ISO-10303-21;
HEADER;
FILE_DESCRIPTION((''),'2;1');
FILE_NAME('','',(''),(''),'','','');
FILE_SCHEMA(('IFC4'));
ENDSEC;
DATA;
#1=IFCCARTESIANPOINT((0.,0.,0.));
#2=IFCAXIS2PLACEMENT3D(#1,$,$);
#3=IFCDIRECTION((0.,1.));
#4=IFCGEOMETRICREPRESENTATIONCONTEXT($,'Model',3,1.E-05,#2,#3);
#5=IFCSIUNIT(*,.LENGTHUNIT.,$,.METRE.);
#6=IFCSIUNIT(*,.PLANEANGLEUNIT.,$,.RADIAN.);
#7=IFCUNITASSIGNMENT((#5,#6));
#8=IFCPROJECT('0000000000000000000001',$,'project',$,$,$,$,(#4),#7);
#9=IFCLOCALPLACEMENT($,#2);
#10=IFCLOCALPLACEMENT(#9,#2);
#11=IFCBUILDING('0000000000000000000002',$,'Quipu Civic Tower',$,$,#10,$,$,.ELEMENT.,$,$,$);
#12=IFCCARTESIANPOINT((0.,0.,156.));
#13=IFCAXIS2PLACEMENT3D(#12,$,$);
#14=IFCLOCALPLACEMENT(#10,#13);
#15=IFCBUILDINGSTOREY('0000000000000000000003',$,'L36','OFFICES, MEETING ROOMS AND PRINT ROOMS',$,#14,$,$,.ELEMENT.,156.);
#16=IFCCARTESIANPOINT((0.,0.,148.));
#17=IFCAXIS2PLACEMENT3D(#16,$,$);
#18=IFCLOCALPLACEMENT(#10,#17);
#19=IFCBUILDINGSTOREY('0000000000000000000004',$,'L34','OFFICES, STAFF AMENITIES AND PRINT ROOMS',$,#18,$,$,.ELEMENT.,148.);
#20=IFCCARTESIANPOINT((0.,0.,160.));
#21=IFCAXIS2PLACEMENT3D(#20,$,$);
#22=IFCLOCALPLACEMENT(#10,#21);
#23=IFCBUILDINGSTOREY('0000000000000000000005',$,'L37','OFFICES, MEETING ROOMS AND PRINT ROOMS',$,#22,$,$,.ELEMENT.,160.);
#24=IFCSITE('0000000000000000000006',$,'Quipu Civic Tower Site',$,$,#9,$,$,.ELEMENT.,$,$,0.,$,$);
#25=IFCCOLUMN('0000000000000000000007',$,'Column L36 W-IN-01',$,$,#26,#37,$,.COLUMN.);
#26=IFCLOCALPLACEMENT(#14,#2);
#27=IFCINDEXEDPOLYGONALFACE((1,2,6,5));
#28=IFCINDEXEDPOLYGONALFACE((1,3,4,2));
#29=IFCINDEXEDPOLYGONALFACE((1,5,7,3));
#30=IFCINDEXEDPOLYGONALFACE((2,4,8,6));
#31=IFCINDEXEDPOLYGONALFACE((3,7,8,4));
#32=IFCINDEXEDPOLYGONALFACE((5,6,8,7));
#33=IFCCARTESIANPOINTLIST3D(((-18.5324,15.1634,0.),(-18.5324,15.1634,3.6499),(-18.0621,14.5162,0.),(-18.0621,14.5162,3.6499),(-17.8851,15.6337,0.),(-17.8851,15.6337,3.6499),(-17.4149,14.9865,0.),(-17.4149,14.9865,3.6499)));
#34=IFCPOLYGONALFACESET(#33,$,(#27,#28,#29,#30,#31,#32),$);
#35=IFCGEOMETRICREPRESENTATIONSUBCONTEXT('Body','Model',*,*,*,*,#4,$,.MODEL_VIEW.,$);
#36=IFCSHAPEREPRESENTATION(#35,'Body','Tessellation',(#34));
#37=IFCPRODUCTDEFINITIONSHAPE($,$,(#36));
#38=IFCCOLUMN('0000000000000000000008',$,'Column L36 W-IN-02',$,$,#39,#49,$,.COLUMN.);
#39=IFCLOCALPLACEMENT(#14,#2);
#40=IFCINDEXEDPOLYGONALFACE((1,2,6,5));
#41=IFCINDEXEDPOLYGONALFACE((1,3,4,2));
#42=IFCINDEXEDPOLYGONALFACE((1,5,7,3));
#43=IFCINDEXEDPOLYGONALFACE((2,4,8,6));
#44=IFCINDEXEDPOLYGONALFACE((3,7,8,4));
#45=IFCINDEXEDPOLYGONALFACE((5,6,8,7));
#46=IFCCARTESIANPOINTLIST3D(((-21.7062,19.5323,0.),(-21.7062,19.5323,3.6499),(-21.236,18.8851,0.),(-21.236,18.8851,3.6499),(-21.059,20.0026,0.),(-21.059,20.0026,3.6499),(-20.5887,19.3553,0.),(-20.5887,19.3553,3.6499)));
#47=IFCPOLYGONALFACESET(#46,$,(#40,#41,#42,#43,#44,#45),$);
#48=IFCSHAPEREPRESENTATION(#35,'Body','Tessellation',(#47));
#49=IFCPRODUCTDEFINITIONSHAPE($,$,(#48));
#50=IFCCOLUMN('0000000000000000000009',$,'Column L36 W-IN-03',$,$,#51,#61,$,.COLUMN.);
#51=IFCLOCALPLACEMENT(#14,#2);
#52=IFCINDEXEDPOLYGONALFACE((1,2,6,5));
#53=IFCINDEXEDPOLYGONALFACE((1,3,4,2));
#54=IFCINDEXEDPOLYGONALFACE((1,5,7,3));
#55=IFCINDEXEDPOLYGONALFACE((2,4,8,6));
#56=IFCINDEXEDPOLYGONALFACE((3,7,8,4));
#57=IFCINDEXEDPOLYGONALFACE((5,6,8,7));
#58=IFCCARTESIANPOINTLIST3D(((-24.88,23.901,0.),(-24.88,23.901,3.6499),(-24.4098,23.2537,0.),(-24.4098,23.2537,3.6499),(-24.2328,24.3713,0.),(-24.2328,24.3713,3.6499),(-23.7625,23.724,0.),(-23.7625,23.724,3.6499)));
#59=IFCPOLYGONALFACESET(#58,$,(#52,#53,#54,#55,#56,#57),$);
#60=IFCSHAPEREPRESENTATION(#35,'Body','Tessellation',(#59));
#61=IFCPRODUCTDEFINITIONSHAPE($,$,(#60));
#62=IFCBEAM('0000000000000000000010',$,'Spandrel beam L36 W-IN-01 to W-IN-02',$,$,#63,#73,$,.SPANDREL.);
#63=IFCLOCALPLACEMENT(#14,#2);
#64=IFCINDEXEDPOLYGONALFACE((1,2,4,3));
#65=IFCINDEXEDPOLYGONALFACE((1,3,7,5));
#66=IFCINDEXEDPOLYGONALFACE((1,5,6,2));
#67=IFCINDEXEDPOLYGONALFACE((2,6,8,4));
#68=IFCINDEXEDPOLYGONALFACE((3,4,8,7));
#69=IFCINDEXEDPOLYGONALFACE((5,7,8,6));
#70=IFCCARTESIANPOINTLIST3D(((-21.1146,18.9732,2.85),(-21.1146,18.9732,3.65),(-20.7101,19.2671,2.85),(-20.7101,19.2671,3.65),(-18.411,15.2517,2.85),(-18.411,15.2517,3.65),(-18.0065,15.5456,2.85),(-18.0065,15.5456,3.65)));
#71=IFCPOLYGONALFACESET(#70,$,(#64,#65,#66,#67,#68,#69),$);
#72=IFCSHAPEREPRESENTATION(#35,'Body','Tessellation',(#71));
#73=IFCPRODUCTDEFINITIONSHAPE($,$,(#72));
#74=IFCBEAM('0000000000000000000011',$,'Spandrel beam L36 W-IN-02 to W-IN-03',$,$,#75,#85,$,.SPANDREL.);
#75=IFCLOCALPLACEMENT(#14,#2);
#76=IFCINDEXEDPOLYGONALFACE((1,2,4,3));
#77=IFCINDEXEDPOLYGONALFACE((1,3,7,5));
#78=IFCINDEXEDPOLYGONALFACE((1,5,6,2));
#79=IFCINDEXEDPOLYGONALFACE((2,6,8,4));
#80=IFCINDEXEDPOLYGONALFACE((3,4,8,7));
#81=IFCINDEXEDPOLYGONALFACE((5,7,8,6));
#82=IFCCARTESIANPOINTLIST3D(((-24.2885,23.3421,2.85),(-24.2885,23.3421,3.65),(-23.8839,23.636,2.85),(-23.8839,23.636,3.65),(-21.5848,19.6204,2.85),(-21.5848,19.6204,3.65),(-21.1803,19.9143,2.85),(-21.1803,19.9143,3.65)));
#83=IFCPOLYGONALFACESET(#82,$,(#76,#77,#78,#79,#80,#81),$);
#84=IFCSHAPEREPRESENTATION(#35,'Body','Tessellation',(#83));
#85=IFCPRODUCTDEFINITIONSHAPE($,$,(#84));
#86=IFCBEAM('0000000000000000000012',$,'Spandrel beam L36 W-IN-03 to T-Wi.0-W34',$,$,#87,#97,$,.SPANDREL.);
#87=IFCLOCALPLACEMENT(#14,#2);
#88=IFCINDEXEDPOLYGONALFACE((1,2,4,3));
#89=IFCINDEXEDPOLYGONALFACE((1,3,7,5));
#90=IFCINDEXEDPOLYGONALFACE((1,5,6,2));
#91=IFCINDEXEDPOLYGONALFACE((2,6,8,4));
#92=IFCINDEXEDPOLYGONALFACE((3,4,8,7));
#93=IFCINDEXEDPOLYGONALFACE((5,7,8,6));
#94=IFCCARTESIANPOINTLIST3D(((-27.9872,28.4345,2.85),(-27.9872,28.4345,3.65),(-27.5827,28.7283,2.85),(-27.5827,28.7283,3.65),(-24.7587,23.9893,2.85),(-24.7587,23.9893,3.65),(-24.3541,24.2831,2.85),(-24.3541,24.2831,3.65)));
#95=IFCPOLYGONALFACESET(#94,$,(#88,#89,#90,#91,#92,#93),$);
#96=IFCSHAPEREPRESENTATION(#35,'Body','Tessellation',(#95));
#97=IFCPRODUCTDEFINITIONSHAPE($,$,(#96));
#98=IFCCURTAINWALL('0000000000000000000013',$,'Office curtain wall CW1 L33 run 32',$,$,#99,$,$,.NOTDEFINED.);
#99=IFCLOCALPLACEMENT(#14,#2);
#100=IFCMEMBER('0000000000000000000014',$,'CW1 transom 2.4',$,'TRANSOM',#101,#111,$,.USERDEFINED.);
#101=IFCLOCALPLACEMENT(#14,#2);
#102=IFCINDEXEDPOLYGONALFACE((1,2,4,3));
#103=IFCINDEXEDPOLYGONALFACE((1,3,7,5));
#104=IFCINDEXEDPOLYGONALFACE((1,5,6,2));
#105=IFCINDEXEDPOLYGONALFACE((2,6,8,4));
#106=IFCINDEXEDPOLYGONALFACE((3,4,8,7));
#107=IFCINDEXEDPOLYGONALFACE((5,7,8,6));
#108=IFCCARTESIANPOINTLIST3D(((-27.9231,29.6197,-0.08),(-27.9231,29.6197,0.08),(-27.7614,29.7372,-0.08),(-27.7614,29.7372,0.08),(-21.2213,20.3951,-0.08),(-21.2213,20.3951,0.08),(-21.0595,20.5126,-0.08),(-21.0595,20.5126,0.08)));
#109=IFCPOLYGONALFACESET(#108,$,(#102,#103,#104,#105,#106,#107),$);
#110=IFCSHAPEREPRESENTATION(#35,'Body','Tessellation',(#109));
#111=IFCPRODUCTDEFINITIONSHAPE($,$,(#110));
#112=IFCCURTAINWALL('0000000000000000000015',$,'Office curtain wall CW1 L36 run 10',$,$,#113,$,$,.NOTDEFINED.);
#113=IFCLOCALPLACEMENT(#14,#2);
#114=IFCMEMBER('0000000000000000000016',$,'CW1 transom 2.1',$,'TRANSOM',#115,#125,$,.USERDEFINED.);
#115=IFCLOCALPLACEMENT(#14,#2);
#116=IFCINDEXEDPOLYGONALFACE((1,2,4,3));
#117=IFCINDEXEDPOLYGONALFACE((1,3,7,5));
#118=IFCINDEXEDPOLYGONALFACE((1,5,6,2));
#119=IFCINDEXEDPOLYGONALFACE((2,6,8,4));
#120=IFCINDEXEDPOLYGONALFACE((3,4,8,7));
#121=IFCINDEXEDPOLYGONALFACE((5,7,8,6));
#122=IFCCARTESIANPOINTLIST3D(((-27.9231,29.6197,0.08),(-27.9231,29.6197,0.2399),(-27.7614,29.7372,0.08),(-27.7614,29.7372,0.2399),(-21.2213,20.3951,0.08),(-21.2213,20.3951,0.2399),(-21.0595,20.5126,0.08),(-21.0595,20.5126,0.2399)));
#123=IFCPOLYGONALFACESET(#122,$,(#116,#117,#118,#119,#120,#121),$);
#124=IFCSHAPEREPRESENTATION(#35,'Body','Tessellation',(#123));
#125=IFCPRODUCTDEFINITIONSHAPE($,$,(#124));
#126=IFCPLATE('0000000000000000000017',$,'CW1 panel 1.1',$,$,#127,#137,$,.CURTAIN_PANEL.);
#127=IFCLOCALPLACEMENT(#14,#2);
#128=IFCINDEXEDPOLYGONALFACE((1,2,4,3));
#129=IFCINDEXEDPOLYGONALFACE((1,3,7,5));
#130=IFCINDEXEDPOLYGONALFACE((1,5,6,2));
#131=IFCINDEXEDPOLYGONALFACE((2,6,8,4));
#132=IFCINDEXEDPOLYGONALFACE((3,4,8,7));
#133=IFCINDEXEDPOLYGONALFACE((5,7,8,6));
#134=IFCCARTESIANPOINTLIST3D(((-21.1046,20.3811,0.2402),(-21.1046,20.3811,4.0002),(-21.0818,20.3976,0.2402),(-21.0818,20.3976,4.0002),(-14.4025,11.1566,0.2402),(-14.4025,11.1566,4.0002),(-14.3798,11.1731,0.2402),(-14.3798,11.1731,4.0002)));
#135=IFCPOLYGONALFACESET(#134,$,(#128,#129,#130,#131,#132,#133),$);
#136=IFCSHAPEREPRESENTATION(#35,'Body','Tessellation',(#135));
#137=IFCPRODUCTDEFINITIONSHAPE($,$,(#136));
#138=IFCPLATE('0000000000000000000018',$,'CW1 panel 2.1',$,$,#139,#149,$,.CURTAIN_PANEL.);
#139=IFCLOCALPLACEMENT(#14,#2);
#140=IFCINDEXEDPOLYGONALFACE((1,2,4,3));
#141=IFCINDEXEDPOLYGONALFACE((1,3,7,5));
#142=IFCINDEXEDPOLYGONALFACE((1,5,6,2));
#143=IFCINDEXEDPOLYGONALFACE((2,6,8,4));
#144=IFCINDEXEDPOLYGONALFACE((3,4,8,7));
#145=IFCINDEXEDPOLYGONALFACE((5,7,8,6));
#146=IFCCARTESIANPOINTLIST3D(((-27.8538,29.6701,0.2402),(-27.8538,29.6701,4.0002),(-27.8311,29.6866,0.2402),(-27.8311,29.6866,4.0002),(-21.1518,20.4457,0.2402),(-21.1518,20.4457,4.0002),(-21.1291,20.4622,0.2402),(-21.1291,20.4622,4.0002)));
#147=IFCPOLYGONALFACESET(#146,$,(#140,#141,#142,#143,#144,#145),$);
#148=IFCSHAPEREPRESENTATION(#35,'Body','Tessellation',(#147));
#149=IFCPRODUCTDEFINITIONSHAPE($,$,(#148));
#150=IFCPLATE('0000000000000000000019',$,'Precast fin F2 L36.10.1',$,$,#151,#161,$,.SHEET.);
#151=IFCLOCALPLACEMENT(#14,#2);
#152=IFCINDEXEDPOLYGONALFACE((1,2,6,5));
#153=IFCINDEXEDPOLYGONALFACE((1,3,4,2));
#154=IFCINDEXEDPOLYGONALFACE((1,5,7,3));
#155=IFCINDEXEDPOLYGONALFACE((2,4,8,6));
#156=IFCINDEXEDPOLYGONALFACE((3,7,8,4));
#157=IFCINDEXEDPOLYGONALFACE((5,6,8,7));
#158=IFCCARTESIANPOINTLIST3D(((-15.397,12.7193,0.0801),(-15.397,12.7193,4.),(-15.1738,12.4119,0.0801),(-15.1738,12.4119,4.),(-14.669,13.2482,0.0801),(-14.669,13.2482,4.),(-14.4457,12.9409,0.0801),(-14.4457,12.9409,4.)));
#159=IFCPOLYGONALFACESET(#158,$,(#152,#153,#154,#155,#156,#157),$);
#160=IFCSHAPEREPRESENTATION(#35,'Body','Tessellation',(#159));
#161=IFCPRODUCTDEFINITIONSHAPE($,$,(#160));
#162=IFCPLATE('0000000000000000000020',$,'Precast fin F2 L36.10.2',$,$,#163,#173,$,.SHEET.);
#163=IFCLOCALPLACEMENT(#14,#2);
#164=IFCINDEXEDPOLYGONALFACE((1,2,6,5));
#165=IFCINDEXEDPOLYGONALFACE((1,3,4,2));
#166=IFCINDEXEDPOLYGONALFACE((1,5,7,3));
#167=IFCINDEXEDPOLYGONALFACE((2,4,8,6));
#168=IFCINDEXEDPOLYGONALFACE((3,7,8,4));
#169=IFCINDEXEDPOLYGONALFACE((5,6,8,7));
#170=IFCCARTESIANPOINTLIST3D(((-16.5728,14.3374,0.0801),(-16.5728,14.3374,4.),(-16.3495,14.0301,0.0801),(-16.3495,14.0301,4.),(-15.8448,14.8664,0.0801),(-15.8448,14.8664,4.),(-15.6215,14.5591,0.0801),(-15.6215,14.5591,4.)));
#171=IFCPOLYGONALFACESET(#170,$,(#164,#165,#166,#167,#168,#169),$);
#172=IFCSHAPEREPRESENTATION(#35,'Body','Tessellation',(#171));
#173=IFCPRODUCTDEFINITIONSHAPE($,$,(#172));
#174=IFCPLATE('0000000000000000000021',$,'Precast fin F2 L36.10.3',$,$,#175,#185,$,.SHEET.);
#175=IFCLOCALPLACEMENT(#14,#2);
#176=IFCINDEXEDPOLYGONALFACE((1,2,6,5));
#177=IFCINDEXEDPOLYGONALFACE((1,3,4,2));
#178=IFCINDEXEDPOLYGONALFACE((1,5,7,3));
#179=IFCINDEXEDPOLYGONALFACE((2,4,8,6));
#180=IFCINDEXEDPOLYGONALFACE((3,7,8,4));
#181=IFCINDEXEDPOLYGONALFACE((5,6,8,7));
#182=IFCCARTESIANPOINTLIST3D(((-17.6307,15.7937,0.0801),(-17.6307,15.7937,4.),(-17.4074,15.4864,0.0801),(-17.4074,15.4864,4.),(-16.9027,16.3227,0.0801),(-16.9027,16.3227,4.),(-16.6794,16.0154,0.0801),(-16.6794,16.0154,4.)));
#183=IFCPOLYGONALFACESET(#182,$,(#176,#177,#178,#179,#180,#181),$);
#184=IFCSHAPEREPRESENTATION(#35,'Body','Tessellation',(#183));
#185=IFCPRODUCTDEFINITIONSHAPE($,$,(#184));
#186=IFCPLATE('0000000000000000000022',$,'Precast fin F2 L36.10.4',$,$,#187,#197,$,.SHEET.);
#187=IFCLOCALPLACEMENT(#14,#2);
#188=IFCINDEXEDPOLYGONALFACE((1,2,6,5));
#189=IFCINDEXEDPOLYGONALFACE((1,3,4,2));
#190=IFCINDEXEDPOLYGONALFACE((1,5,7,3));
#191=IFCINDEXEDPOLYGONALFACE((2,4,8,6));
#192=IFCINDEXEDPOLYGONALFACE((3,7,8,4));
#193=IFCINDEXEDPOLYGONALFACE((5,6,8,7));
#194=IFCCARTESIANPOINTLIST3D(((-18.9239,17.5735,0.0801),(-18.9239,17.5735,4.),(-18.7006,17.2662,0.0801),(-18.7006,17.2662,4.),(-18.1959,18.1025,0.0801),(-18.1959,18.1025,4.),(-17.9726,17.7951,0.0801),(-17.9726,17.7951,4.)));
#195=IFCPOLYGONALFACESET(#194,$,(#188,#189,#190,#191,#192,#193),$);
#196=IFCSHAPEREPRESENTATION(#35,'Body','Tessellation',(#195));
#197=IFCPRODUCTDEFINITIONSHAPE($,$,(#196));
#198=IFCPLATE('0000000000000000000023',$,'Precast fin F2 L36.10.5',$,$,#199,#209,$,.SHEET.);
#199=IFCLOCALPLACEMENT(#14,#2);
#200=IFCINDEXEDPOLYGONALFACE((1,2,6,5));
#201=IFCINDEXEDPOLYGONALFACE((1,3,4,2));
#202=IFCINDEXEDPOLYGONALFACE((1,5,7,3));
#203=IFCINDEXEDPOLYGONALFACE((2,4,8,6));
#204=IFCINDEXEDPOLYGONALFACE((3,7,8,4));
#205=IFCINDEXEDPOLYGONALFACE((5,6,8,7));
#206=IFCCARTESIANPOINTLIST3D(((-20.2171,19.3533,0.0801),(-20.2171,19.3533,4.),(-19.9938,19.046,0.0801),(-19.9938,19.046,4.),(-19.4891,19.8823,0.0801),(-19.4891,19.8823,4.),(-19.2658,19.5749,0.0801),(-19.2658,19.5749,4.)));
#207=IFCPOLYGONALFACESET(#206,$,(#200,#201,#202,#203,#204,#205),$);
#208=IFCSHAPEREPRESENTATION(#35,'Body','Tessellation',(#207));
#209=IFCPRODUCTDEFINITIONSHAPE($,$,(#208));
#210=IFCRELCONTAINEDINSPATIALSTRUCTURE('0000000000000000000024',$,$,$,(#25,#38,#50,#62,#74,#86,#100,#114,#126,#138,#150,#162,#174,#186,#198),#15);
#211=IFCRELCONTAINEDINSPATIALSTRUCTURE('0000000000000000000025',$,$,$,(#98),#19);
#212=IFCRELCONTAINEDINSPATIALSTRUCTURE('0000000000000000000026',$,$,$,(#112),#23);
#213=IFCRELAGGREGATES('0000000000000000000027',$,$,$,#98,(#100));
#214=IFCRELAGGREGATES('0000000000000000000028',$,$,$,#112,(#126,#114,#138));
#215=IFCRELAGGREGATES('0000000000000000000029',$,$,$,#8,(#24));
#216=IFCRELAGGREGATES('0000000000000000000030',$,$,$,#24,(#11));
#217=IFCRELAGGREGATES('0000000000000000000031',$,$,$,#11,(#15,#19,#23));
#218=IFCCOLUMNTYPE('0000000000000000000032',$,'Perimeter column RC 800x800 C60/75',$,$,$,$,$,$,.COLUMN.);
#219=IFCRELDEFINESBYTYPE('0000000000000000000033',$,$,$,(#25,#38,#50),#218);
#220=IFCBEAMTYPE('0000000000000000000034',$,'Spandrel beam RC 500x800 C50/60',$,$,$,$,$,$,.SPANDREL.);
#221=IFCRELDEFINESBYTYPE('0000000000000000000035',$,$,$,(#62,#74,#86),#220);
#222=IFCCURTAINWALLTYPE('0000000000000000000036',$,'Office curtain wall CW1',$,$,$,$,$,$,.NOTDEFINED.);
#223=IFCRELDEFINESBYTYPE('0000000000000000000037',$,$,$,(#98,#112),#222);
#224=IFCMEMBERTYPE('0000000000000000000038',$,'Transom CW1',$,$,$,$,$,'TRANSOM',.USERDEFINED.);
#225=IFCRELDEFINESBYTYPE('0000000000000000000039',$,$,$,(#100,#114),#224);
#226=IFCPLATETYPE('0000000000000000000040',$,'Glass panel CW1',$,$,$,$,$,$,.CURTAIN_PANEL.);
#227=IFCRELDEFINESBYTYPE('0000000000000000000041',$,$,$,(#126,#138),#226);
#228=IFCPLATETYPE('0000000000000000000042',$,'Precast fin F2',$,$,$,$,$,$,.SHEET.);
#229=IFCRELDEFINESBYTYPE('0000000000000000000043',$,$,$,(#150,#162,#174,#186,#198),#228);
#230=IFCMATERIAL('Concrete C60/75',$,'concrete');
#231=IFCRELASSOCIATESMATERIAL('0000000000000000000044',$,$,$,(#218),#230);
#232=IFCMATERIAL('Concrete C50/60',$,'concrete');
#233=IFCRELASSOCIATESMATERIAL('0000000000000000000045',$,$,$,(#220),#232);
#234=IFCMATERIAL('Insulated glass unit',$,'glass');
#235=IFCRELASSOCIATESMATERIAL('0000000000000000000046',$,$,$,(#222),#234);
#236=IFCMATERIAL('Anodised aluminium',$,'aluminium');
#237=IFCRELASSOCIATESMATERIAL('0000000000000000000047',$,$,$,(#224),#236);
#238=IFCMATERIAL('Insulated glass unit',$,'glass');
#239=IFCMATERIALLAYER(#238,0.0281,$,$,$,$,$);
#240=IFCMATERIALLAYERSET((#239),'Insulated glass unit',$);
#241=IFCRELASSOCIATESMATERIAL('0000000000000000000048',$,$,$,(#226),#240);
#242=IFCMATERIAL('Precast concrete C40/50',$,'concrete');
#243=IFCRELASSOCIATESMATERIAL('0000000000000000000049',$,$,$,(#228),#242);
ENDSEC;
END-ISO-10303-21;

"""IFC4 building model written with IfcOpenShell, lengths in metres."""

from ifc_helpers import new_model, si_unit, direction, frame, origin, origin_2d, place, context, subcontext, project, spatial, rectangle, extrude, material, layer, layer_set, material_profile, profile_set, type_object, element, aggregate, save


model = new_model("IFC4")

# Units and contexts
model_context = context("Model", 3, precision=1e-05, world=origin(), true_north=direction((0.0, 1.0)))
body_context = subcontext(model_context, "Body", "Model", "MODEL_VIEW")
ifc_project = project(units=[si_unit("LENGTHUNIT", "METRE"), si_unit("PLANEANGLEUNIT", "RADIAN")], contexts=[model_context])

# Site, building, storey
site_placement = place(None, origin())
site = spatial("IfcSite", under=ifc_project, at=site_placement, Name="Quipu Civic Tower Site", CompositionType="ELEMENT", RefElevation=0.0)
building_placement = place(site_placement, origin())
building = spatial("IfcBuilding", under=site, at=building_placement, Name="Quipu Civic Tower", CompositionType="ELEMENT")
storey_1_placement = place(building_placement, frame((0.0, 0.0, 156.0)))
storey_1 = spatial("IfcBuildingStorey", under=building, at=storey_1_placement, Name="L36", Description="OFFICES, MEETING ROOMS AND PRINT ROOMS", CompositionType="ELEMENT", Elevation=156.0)

# Columns
ifc_material_1 = material(Name="Concrete C60/75", Category="concrete")
ifc_material_profile_1 = material_profile(ifc_material_1, rectangle(XDim=0.8, YDim=0.8, at=origin_2d()), Name="RC800x800")
ifc_profile_set_1 = profile_set([ifc_material_profile_1], Name="Concrete C60/75")
column_type = type_object("IfcColumnType", Name="Perimeter column RC 800x800 C60/75", PredefinedType="COLUMN", material=ifc_profile_set_1)
for number, where, z_axis, x_axis, name in (
    (1, (-17.9736, 15.075, 0.0), (0.0, 0.0, 1.0), (-0.587785, 0.809017, 0.0), "Column L36 W-IN-01"),
    (2, (-21.1475, 19.4438, 0.0), (0.0, 0.0, 1.0), (-0.587785, 0.809017, 0.0), "Column L36 W-IN-02"),
    (3, (-24.3213, 23.8125, 0.0), (0.0, 0.0, 1.0), (-0.587785, 0.809017, 0.0), "Column L36 W-IN-03"),
):
    element("IfcColumn", number, at=place(storey_1_placement, frame(where, z_axis=z_axis, x_axis=x_axis)), inside=storey_1, type_object=column_type, Name=name, PredefinedType="COLUMN", context=body_context, shape_type="SweptSolid", body=[
        extrude(rectangle(XDim=0.8, YDim=0.8, at=origin_2d()), origin(), (0.0, 0.0, 1.0), 3.6499),
    ])

# Beams
ifc_material_2 = material(Name="Concrete C50/60", Category="concrete")
ifc_material_profile_2 = material_profile(ifc_material_2, rectangle(XDim=0.5, YDim=0.8, at=origin_2d()), Name="RC500x800")
ifc_profile_set_2 = profile_set([ifc_material_profile_2], Name="Concrete C50/60")
beam_type = type_object("IfcBeamType", Name="Spandrel beam RC 500x800 C50/60", PredefinedType="SPANDREL", material=ifc_profile_set_2)
beam_1_placement = place(storey_1_placement, frame((-18.2087, 15.3987, 3.25), z_axis=(-0.587761, 0.809034, 0.0), x_axis=(-0.809034, -0.587761, 0.0)))
element("IfcBeam", 4, at=beam_1_placement, inside=storey_1, type_object=beam_type, Name="Spandrel beam L36 W-IN-01 to W-IN-02", PredefinedType="SPANDREL", context=body_context, shape_type="SweptSolid", body=[
    extrude(rectangle(XDim=0.5, YDim=0.8, at=origin_2d()), origin(), (0.0, 0.0, 1.0), 4.5999),
])
beam_2_placement = place(storey_1_placement, frame((-21.3826, 19.7673, 3.25), z_axis=(-0.587736, 0.809053, 0.0), x_axis=(-0.809053, -0.587736, 0.0)))
element("IfcBeam", 5, at=beam_2_placement, inside=storey_1, type_object=beam_type, Name="Spandrel beam L36 W-IN-02 to W-IN-03", PredefinedType="SPANDREL", context=body_context, shape_type="SweptSolid", body=[
    extrude(rectangle(XDim=0.5, YDim=0.8, at=origin_2d()), origin(), (0.0, 0.0, 1.0), 4.6001),
])
beam_3_placement = place(storey_1_placement, frame((-24.5564, 24.1362, 3.25), z_axis=(-0.587664, 0.809105, 0.0), x_axis=(-0.809105, -0.587664, 0.0)))
element("IfcBeam", 6, at=beam_3_placement, inside=storey_1, type_object=beam_type, Name="Spandrel beam L36 W-IN-03 to T-Wi.0-W34", PredefinedType="SPANDREL", context=body_context, shape_type="SweptSolid", body=[
    extrude(rectangle(XDim=0.5, YDim=0.8, at=origin_2d()), origin(), (0.0, 0.0, 1.0), 5.4939),
])

# Shared definitions
storey_2_placement = place(building_placement, frame((0.0, 0.0, 148.0)))
storey_2 = spatial("IfcBuildingStorey", under=building, at=storey_2_placement, Name="L34", Description="OFFICES, STAFF AMENITIES AND PRINT ROOMS", CompositionType="ELEMENT", Elevation=148.0)

# Curtain wall, member
ifc_material_3 = material(Name="Insulated glass unit", Category="glass")
curtain_wall_type = type_object("IfcCurtainWallType", Name="Office curtain wall CW1", PredefinedType="NOTDEFINED", material=ifc_material_3)
curtain_wall_1_placement = place(storey_2_placement, origin())
curtain_wall_1 = element("IfcCurtainWall", 7, at=curtain_wall_1_placement, inside=storey_2, type_object=curtain_wall_type, Name="Office curtain wall CW1 L33 run 32", PredefinedType="NOTDEFINED")
ifc_material_4 = material(Name="Anodised aluminium", Category="aluminium")
ifc_material_profile_3 = material_profile(ifc_material_4, rectangle(XDim=0.2, YDim=0.1599, at=origin_2d()), Name="RECT 200x160")
ifc_profile_set_3 = profile_set([ifc_material_profile_3], Name="Anodised aluminium")
member_type = type_object("IfcMemberType", Name="Transom CW1", ElementType="TRANSOM", PredefinedType="USERDEFINED", material=ifc_profile_set_3)
member_1_placement = place(storey_1_placement, frame((-21.1404, 20.4539, 0.0), z_axis=(-0.587776, 0.809024, 0.0), x_axis=(-0.809024, -0.587776, 0.0)))
member_1 = element("IfcMember", 8, at=member_1_placement, inside=storey_1, type_object=member_type, Name="CW1 transom 2.4", ObjectType="TRANSOM", PredefinedType="USERDEFINED", context=body_context, shape_type="SweptSolid", body=[
    extrude(rectangle(XDim=0.2, YDim=0.1599, at=origin_2d()), origin(), (0.0, 0.0, 1.0), 11.4021),
])
aggregate(curtain_wall_1, [member_1])

# Shared definitions
storey_3_placement = place(building_placement, frame((0.0, 0.0, 160.0)))
storey_3 = spatial("IfcBuildingStorey", under=building, at=storey_3_placement, Name="L37", Description="OFFICES, MEETING ROOMS AND PRINT ROOMS", CompositionType="ELEMENT", Elevation=160.0)

# Curtain wall, member, plates
curtain_wall_2_placement = place(storey_3_placement, origin())
curtain_wall_2 = element("IfcCurtainWall", 9, at=curtain_wall_2_placement, inside=storey_3, type_object=curtain_wall_type, Name="Office curtain wall CW1 L36 run 10", PredefinedType="NOTDEFINED")
member_2_placement = place(storey_1_placement, frame((-21.1404, 20.4539, 0.1599), z_axis=(-0.587776, 0.809024, 0.0), x_axis=(-0.809024, -0.587776, 0.0)))
member_2 = element("IfcMember", 10, at=member_2_placement, inside=storey_1, type_object=member_type, Name="CW1 transom 2.1", ObjectType="TRANSOM", PredefinedType="USERDEFINED", context=body_context, shape_type="SweptSolid", body=[
    extrude(rectangle(XDim=0.2, YDim=0.1599, at=origin_2d()), origin(), (0.0, 0.0, 1.0), 11.4021),
])
ifc_material_5 = material(Name="Insulated glass unit", Category="glass")
ifc_layer_1 = layer(ifc_material_5, 0.0281)
ifc_layer_set_1 = layer_set([ifc_layer_1], Name="Insulated glass unit")
plate_type_1 = type_object("IfcPlateType", Name="Glass panel CW1", PredefinedType="CURTAIN_PANEL", material=ifc_layer_set_1)
plate_1_placement = place(storey_1_placement, frame((-17.7422, 15.7771, 0.2402), z_axis=(0.0, 0.0, 1.0), x_axis=(-0.587789, 0.809014, 0.0)))
plate_1 = element("IfcPlate", 11, at=plate_1_placement, inside=storey_1, type_object=plate_type_1, Name="CW1 panel 1.1", PredefinedType="CURTAIN_PANEL", context=body_context, shape_type="SweptSolid", body=[
    extrude(rectangle(XDim=11.4021, YDim=0.0281, at=origin_2d()), origin(), (0.0, 0.0, 1.0), 3.76),
])
plate_2_placement = place(storey_1_placement, frame((-24.4915, 25.0662, 0.2402), z_axis=(0.0, 0.0, 1.0), x_axis=(-0.587789, 0.809014, 0.0)))
plate_2 = element("IfcPlate", 12, at=plate_2_placement, inside=storey_1, type_object=plate_type_1, Name="CW1 panel 2.1", PredefinedType="CURTAIN_PANEL", context=body_context, shape_type="SweptSolid", body=[
    extrude(rectangle(XDim=11.4021, YDim=0.0281, at=origin_2d()), origin(), (0.0, 0.0, 1.0), 3.76),
])
aggregate(curtain_wall_2, [plate_1, member_2, plate_2])

# Plates
ifc_material_6 = material(Name="Precast concrete C40/50", Category="concrete")
plate_type_2 = type_object("IfcPlateType", Name="Precast fin F2", PredefinedType="SHEET", material=ifc_material_6)
for number, where, z_axis, x_axis, name in (
    (13, (-14.9214, 12.8301, 0.0801), (0.0, 0.0, 1.0), (-0.587787, 0.809016, 0.0), "Precast fin F2 L36.10.1"),
    (14, (-16.0972, 14.4482, 0.0801), (0.0, 0.0, 1.0), (-0.587787, 0.809016, 0.0), "Precast fin F2 L36.10.2"),
    (15, (-17.155, 15.9045, 0.0801), (0.0, 0.0, 1.0), (-0.587787, 0.809016, 0.0), "Precast fin F2 L36.10.3"),
    (16, (-18.4482, 17.6843, 0.0801), (0.0, 0.0, 1.0), (-0.587787, 0.809016, 0.0), "Precast fin F2 L36.10.4"),
    (17, (-19.7415, 19.4641, 0.0801), (0.0, 0.0, 1.0), (-0.587787, 0.809016, 0.0), "Precast fin F2 L36.10.5"),
):
    element("IfcPlate", number, at=place(storey_1_placement, frame(where, z_axis=z_axis, x_axis=x_axis)), inside=storey_1, type_object=plate_type_2, Name=name, PredefinedType="SHEET", context=body_context, shape_type="SweptSolid", body=[
        extrude(rectangle(XDim=0.3799, YDim=0.8999, at=origin_2d()), origin(), (0.0, 0.0, 1.0), 3.9199),
    ])

save(model, "model.ifc")
